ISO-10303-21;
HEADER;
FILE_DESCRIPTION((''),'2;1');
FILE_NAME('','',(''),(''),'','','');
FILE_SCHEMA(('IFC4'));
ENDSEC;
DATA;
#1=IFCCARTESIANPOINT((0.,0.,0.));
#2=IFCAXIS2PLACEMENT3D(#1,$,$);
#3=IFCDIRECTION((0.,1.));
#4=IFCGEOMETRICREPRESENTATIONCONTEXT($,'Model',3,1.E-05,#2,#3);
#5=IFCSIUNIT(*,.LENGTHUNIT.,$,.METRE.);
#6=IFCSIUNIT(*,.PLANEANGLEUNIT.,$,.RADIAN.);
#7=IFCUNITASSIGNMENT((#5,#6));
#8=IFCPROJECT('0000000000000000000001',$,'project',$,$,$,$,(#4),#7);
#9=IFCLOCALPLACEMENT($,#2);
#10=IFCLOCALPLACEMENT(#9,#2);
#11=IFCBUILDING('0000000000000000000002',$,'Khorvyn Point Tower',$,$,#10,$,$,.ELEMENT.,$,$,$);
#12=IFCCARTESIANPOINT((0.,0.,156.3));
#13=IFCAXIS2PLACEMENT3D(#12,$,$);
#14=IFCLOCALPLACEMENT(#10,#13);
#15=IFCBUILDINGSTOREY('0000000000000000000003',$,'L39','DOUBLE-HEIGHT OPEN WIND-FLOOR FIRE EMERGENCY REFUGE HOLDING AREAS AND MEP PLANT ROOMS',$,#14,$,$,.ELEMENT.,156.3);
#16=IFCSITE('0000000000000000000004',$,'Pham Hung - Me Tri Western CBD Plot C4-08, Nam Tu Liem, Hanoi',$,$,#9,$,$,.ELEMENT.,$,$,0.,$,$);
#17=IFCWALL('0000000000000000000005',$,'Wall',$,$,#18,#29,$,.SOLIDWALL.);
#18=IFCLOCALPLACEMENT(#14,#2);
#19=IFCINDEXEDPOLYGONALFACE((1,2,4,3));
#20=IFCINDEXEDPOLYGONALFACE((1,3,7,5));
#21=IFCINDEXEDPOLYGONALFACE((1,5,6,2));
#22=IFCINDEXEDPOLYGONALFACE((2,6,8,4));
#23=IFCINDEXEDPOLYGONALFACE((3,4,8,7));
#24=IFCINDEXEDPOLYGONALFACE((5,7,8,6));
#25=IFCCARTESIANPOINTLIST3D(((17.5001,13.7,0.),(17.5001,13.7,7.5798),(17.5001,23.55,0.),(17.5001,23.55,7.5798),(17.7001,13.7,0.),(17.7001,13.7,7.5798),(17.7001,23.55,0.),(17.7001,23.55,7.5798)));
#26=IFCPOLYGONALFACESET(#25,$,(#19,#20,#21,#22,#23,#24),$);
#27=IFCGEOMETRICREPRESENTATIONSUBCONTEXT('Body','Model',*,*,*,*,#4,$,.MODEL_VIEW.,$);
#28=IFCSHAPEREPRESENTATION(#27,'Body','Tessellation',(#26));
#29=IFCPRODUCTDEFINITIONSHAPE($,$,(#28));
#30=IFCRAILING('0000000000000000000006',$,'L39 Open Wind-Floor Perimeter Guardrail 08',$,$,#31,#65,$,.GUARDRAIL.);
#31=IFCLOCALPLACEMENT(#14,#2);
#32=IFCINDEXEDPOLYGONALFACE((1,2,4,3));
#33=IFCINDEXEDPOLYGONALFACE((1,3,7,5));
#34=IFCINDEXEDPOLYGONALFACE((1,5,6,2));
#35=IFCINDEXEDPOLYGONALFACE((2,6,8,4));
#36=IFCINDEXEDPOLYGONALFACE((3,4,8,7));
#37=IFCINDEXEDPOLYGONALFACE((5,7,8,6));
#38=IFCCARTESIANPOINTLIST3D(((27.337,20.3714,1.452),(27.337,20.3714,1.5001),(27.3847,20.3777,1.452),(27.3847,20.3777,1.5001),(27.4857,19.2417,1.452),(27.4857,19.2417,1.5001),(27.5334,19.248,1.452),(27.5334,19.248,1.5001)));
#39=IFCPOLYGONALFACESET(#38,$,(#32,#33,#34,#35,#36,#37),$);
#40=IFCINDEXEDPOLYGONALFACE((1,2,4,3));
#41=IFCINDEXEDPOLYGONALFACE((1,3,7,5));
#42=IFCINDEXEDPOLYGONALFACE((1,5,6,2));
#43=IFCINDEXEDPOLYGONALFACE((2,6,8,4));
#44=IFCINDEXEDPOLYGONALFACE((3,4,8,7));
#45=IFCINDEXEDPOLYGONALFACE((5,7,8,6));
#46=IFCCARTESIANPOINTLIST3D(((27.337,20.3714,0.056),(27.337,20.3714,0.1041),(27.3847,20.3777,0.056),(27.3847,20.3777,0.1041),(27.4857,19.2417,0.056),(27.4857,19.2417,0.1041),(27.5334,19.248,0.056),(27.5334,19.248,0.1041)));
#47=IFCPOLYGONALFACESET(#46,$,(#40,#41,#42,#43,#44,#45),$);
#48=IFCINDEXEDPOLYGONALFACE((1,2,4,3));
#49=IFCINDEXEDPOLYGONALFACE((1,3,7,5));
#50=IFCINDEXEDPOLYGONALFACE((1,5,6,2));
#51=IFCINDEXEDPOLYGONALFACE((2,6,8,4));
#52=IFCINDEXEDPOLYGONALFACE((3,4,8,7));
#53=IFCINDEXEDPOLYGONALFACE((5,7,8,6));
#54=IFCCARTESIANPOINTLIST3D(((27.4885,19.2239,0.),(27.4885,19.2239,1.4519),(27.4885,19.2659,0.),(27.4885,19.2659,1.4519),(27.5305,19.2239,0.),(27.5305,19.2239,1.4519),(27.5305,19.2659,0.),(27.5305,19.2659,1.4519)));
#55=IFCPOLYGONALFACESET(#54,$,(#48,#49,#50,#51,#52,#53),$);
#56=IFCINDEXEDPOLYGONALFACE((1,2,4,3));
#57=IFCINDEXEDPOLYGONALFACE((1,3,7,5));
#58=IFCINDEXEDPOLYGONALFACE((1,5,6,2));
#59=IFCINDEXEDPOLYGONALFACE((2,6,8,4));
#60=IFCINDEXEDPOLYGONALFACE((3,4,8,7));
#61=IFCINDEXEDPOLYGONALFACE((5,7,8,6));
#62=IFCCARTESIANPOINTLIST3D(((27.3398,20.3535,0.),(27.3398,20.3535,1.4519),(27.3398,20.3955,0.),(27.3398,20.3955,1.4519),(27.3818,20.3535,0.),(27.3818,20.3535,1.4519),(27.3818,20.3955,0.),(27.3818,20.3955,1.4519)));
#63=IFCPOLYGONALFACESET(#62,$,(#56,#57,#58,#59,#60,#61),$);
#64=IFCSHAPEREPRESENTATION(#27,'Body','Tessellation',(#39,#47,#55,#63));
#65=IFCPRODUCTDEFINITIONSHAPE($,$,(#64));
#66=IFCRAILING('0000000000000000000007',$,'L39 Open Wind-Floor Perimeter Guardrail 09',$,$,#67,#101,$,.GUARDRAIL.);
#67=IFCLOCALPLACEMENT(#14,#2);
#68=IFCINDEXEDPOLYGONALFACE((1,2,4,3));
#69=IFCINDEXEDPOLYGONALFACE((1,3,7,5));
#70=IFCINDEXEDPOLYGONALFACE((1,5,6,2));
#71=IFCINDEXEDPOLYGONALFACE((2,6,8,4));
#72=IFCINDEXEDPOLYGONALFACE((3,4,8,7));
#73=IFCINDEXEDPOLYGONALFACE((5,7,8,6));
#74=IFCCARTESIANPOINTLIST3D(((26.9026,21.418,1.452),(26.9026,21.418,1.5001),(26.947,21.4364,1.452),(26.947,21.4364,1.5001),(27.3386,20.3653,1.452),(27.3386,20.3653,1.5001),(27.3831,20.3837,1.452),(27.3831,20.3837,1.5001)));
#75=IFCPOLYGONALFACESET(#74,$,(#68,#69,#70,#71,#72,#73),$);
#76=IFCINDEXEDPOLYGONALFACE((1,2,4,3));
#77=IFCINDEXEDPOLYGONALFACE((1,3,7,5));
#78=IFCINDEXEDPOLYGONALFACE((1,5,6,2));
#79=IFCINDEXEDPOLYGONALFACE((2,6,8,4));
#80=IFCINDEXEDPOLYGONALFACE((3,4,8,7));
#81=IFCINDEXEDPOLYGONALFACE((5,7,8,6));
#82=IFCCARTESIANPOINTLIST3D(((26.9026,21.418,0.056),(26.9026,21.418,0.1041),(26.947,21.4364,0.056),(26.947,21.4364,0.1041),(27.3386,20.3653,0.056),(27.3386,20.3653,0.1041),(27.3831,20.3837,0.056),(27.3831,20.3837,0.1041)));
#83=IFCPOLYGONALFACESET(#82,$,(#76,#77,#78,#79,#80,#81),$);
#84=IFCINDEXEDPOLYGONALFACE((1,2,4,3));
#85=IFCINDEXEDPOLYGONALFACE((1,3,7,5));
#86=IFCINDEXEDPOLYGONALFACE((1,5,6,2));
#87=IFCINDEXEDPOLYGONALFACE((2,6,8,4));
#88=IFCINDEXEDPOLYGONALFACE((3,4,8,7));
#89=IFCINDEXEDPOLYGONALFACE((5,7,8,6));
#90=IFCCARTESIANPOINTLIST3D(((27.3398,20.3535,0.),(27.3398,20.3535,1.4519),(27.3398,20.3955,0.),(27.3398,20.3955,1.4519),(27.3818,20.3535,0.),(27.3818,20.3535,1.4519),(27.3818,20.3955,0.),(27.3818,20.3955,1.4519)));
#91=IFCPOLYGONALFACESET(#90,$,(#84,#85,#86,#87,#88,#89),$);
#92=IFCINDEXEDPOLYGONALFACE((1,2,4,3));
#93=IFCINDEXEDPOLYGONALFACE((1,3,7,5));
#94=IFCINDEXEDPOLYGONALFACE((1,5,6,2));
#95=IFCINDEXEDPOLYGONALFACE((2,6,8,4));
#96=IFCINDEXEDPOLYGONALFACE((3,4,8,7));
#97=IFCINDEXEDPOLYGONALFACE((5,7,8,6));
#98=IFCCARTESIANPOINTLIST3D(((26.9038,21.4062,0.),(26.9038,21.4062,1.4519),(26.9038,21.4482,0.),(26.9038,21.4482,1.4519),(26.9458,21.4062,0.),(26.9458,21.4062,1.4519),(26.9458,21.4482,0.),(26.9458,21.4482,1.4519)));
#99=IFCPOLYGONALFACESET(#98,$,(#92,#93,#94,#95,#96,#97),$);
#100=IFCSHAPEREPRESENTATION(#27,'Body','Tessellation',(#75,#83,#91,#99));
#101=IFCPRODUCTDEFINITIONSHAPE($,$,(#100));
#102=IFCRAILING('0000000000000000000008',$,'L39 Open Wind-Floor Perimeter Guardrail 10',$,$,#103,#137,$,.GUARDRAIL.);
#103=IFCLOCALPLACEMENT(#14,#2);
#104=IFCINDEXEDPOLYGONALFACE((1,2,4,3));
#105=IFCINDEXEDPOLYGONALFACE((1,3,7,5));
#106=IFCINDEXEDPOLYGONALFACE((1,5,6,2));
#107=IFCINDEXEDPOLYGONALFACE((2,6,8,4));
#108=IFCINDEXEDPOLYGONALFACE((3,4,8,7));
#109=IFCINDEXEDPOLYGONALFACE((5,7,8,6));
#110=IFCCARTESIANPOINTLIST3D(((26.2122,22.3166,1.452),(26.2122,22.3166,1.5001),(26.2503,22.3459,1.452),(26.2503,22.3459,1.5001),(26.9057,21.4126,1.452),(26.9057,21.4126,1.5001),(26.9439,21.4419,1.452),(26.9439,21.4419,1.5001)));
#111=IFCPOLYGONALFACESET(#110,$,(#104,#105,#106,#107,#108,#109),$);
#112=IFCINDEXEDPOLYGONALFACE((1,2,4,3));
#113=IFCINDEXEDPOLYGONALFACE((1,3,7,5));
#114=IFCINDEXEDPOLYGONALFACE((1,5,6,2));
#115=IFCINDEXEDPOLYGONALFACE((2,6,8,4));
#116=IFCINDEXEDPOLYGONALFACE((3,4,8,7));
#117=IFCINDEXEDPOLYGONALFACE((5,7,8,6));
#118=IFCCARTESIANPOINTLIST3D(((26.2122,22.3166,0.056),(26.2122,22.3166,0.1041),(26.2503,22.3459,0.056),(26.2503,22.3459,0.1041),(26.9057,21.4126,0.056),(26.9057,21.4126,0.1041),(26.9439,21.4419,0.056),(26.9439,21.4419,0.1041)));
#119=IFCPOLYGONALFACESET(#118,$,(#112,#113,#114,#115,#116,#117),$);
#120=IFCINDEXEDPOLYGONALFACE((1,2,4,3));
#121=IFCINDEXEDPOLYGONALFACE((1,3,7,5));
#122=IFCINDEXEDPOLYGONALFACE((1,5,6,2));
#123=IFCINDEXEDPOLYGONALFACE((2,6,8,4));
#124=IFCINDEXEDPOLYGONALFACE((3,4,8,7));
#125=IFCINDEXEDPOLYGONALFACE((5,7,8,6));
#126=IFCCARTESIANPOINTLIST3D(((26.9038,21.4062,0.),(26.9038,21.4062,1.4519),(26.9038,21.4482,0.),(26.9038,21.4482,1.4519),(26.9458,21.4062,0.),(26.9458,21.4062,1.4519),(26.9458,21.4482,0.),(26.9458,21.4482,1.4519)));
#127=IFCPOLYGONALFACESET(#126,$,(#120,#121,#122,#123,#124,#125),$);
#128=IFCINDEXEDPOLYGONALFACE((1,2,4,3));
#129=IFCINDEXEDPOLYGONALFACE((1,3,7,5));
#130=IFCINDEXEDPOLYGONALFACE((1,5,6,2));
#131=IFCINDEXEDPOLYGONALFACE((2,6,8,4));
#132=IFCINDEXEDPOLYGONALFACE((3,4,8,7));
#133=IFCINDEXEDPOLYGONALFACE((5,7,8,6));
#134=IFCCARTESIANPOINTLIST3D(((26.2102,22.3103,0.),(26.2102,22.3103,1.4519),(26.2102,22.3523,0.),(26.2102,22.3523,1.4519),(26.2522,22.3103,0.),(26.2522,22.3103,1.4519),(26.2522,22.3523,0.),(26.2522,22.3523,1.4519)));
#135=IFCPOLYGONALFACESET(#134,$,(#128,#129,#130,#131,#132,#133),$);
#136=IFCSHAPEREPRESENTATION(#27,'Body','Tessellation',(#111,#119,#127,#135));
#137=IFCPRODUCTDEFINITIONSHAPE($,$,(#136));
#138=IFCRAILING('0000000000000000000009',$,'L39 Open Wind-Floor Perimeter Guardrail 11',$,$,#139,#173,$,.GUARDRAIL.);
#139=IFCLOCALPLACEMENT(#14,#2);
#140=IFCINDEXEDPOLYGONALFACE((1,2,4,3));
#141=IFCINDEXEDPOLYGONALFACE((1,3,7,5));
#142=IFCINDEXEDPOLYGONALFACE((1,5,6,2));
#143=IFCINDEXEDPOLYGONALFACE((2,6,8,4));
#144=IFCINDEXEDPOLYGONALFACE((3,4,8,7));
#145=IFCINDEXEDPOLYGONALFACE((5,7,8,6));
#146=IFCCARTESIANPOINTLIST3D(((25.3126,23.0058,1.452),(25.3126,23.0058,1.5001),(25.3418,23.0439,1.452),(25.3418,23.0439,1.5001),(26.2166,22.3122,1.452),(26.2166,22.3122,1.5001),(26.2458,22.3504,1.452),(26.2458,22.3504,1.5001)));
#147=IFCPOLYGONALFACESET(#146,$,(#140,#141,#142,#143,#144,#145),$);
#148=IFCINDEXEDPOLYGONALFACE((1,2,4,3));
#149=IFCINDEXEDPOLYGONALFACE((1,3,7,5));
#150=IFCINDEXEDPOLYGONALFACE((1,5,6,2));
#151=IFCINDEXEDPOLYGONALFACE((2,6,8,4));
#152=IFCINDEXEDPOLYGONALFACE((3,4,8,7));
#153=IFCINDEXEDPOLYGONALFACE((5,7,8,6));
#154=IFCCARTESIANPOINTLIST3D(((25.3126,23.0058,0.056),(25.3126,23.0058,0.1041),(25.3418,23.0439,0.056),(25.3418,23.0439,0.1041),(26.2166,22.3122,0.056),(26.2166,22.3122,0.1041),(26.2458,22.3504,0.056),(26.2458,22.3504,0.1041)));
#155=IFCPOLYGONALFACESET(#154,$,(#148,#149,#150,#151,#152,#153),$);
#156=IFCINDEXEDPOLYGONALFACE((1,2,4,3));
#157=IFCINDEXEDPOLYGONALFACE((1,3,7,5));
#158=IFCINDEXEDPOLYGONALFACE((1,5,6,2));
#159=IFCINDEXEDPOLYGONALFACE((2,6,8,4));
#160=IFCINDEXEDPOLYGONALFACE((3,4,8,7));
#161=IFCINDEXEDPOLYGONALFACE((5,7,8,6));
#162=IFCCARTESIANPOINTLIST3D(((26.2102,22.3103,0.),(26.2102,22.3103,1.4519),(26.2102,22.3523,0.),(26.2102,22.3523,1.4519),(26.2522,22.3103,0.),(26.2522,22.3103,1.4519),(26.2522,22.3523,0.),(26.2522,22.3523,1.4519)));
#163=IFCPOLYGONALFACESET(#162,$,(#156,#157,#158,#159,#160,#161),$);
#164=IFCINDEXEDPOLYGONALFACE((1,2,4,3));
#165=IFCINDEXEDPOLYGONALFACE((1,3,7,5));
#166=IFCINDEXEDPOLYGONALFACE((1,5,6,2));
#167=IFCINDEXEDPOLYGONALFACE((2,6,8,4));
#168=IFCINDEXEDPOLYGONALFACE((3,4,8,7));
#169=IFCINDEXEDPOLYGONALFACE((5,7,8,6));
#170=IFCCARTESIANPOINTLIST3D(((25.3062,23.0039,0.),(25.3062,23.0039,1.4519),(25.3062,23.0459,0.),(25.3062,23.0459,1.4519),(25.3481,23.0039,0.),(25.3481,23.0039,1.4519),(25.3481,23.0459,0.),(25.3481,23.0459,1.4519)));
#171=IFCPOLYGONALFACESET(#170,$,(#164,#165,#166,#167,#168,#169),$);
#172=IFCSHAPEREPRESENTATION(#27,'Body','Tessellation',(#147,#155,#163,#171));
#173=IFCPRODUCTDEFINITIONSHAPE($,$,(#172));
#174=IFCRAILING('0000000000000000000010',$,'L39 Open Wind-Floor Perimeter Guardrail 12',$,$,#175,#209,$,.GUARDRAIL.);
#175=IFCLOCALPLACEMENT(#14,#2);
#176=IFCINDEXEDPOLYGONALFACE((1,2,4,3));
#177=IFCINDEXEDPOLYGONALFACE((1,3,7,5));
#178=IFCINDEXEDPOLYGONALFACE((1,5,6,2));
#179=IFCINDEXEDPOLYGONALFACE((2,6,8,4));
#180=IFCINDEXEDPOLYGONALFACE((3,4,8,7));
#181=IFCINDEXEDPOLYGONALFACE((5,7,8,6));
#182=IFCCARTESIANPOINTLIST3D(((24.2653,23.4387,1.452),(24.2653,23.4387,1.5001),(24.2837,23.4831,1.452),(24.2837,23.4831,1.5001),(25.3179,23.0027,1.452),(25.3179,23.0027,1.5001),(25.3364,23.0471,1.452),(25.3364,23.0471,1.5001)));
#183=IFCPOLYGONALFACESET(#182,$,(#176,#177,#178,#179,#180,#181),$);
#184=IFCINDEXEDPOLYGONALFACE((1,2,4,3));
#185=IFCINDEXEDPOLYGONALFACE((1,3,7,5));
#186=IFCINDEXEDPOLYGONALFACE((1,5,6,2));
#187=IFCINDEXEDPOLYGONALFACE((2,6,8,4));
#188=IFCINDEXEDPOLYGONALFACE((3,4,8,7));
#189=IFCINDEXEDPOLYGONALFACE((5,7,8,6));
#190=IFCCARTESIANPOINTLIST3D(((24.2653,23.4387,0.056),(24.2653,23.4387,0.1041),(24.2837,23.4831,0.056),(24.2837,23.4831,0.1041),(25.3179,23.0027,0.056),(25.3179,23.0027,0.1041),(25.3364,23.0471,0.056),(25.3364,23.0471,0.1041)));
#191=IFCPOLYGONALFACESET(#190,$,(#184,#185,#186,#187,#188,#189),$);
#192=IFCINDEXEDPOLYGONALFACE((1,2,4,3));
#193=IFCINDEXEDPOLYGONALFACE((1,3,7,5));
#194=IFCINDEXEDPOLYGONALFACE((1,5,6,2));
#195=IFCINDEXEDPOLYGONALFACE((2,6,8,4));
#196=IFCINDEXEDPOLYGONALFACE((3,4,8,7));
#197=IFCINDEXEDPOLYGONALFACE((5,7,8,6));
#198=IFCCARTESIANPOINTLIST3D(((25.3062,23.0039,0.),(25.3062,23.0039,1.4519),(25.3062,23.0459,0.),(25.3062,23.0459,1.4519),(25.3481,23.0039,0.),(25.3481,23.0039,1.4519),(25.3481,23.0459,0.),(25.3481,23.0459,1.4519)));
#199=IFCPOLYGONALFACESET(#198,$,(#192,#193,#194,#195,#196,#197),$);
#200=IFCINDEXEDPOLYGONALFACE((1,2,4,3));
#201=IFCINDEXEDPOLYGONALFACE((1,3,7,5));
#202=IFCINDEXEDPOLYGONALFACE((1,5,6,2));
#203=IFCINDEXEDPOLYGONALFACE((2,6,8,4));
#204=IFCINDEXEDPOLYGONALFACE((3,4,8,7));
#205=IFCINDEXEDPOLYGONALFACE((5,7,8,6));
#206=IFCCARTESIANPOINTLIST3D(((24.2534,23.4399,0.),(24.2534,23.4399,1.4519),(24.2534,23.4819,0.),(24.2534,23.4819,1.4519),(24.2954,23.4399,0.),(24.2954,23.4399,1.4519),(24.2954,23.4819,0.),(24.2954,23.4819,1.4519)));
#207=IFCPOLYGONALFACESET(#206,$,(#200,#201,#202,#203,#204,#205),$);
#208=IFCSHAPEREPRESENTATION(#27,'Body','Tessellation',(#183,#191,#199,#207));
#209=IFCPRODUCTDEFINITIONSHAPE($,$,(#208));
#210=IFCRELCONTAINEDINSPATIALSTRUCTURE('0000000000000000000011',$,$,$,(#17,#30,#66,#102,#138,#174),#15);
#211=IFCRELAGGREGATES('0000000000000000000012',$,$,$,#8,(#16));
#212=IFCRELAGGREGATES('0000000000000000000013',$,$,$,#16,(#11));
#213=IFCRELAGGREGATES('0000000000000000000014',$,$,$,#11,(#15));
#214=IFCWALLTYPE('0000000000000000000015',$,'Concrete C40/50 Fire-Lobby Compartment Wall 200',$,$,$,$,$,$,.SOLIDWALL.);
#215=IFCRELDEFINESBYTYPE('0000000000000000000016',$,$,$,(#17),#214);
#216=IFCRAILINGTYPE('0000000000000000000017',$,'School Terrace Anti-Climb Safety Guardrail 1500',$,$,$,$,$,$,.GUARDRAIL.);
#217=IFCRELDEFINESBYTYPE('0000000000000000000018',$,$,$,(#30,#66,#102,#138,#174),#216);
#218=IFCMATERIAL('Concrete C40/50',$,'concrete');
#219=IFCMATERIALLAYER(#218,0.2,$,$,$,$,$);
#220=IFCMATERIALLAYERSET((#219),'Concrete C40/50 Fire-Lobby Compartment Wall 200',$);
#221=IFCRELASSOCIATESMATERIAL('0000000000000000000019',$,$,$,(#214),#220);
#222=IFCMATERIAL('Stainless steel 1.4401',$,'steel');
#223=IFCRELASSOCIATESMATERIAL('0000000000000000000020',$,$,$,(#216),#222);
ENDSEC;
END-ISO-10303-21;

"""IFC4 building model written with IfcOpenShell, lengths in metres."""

from ifc_helpers import new_model, si_unit, direction, frame, frame_2d, origin, origin_2d, place, context, subcontext, project, spatial, rectangle, extrude, material, layer, layer_set, type_object, element, save


model = new_model("IFC4")

# Units and contexts
model_context = context("Model", 3, precision=1e-05, world=origin(), true_north=direction((0.0, 1.0)))
body_context = subcontext(model_context, "Body", "Model", "MODEL_VIEW")
ifc_project = project(units=[si_unit("LENGTHUNIT", "METRE"), si_unit("PLANEANGLEUNIT", "RADIAN")], contexts=[model_context])

# Site, building, storey
site_placement = place(None, origin())
site = spatial("IfcSite", under=ifc_project, at=site_placement, Name="Pham Hung - Me Tri Western CBD Plot C4-08, Nam Tu Liem, Hanoi", CompositionType="ELEMENT", RefElevation=0.0)
building_placement = place(site_placement, origin())
building = spatial("IfcBuilding", under=site, at=building_placement, Name="Khorvyn Point Tower", CompositionType="ELEMENT")
storey_placement = place(building_placement, frame((0.0, 0.0, 156.3)))
storey = spatial("IfcBuildingStorey", under=building, at=storey_placement, Name="L39", Description="DOUBLE-HEIGHT OPEN WIND-FLOOR FIRE EMERGENCY REFUGE HOLDING AREAS AND MEP PLANT ROOMS", CompositionType="ELEMENT", Elevation=156.3)

# Wall
ifc_material_1 = material(Name="Concrete C40/50", Category="concrete")
ifc_layer_1 = layer(ifc_material_1, 0.2)
ifc_layer_set_1 = layer_set([ifc_layer_1], Name="Concrete C40/50 Fire-Lobby Compartment Wall 200")
wall_type = type_object("IfcWallType", Name="Concrete C40/50 Fire-Lobby Compartment Wall 200", PredefinedType="SOLIDWALL", material=ifc_layer_set_1)
wall_1_placement = place(storey_placement, frame((17.6001, 13.7, 0.0), z_axis=(0.0, 0.0, 1.0), x_axis=(0.0, 1.0, 0.0)))
element("IfcWall", 1, at=wall_1_placement, inside=storey, type_object=wall_type, Name="Wall", PredefinedType="SOLIDWALL", context=body_context, shape_type="SweptSolid", body=[
    extrude(rectangle(XDim=9.8501, YDim=0.2, at=frame_2d((4.925, 0.0))), origin(), (0.0, 0.0, 1.0), 7.5798),
])

# Railings
ifc_material_2 = material(Name="Stainless steel 1.4401", Category="steel")
railing_type = type_object("IfcRailingType", Name="School Terrace Anti-Climb Safety Guardrail 1500", PredefinedType="GUARDRAIL", material=ifc_material_2)
railing_1_placement = place(storey_placement, frame((27.5095, 19.2449, 0.0)))
element("IfcRailing", 2, at=railing_1_placement, inside=storey, type_object=railing_type, Name="L39 Open Wind-Floor Perimeter Guardrail 08", PredefinedType="GUARDRAIL", context=body_context, shape_type="SweptSolid", body=[
    extrude(rectangle(XDim=0.0481, YDim=0.0481, at=origin_2d()), frame((0.0, 0.0, 1.4761), z_axis=(-0.130493, 0.991449, 0.0), x_axis=(-0.991449, -0.130493, 0.0)), (0.0, 0.0, 1.0), 1.1394),
    extrude(rectangle(XDim=0.0481, YDim=0.0481, at=origin_2d()), frame((0.0, 0.0, 0.0801), z_axis=(-0.130493, 0.991449, 0.0), x_axis=(-0.991449, -0.130493, 0.0)), (0.0, 0.0, 1.0), 1.1394),
    extrude(rectangle(XDim=0.042, YDim=0.042, at=origin_2d()), origin(), (0.0, 0.0, 1.0), 1.4519),
    extrude(rectangle(XDim=0.042, YDim=0.042, at=origin_2d()), frame((-0.1487, 1.1296, 0.0)), (0.0, 0.0, 1.0), 1.4519),
])
railing_2_placement = place(storey_placement, frame((27.3608, 20.3745, 0.0)))
element("IfcRailing", 3, at=railing_2_placement, inside=storey, type_object=railing_type, Name="L39 Open Wind-Floor Perimeter Guardrail 09", PredefinedType="GUARDRAIL", context=body_context, shape_type="SweptSolid", body=[
    extrude(rectangle(XDim=0.0481, YDim=0.0481, at=origin_2d()), frame((0.0, 0.0, 1.4761), z_axis=(-0.382667, 0.923886, 0.0), x_axis=(-0.923886, -0.382667, 0.0)), (0.0, 0.0, 1.0), 1.1394),
    extrude(rectangle(XDim=0.0481, YDim=0.0481, at=origin_2d()), frame((0.0, 0.0, 0.0801), z_axis=(-0.382667, 0.923886, 0.0), x_axis=(-0.923886, -0.382667, 0.0)), (0.0, 0.0, 1.0), 1.1394),
    extrude(rectangle(XDim=0.042, YDim=0.042, at=origin_2d()), origin(), (0.0, 0.0, 1.0), 1.4519),
    extrude(rectangle(XDim=0.042, YDim=0.042, at=origin_2d()), frame((-0.436, 1.0527, 0.0)), (0.0, 0.0, 1.0), 1.4519),
])
railing_3_placement = place(storey_placement, frame((26.9248, 21.4272, 0.0)))
element("IfcRailing", 4, at=railing_3_placement, inside=storey, type_object=railing_type, Name="L39 Open Wind-Floor Perimeter Guardrail 10", PredefinedType="GUARDRAIL", context=body_context, shape_type="SweptSolid", body=[
    extrude(rectangle(XDim=0.0481, YDim=0.0481, at=origin_2d()), frame((0.0, 0.0, 1.4761), z_axis=(-0.608706, 0.793396, 0.0), x_axis=(-0.793396, -0.608706, 0.0)), (0.0, 0.0, 1.0), 1.1394),
    extrude(rectangle(XDim=0.0481, YDim=0.0481, at=origin_2d()), frame((0.0, 0.0, 0.0801), z_axis=(-0.608706, 0.793396, 0.0), x_axis=(-0.793396, -0.608706, 0.0)), (0.0, 0.0, 1.0), 1.1394),
    extrude(rectangle(XDim=0.042, YDim=0.042, at=origin_2d()), origin(), (0.0, 0.0, 1.0), 1.4519),
    extrude(rectangle(XDim=0.042, YDim=0.042, at=origin_2d()), frame((-0.6936, 0.9041, 0.0)), (0.0, 0.0, 1.0), 1.4519),
])
railing_4_placement = place(storey_placement, frame((26.2312, 22.3313, 0.0)))
element("IfcRailing", 5, at=railing_4_placement, inside=storey, type_object=railing_type, Name="L39 Open Wind-Floor Perimeter Guardrail 11", PredefinedType="GUARDRAIL", context=body_context, shape_type="SweptSolid", body=[
    extrude(rectangle(XDim=0.0481, YDim=0.0481, at=origin_2d()), frame((0.0, 0.0, 1.4761), z_axis=(-0.793396, 0.608706, 0.0), x_axis=(-0.608706, -0.793396, 0.0)), (0.0, 0.0, 1.0), 1.1394),
    extrude(rectangle(XDim=0.0481, YDim=0.0481, at=origin_2d()), frame((0.0, 0.0, 0.0801), z_axis=(-0.793396, 0.608706, 0.0), x_axis=(-0.608706, -0.793396, 0.0)), (0.0, 0.0, 1.0), 1.1394),
    extrude(rectangle(XDim=0.042, YDim=0.042, at=origin_2d()), origin(), (0.0, 0.0, 1.0), 1.4519),
    extrude(rectangle(XDim=0.042, YDim=0.042, at=origin_2d()), frame((-0.9041, 0.6936, 0.0)), (0.0, 0.0, 1.0), 1.4519),
])
railing_5_placement = place(storey_placement, frame((25.3271, 23.0249, 0.0)))
element("IfcRailing", 6, at=railing_5_placement, inside=storey, type_object=railing_type, Name="L39 Open Wind-Floor Perimeter Guardrail 12", PredefinedType="GUARDRAIL", context=body_context, shape_type="SweptSolid", body=[
    extrude(rectangle(XDim=0.0481, YDim=0.0481, at=origin_2d()), frame((0.0, 0.0, 1.4761), z_axis=(-0.923886, 0.382667, 0.0), x_axis=(-0.382667, -0.923886, 0.0)), (0.0, 0.0, 1.0), 1.1394),
    extrude(rectangle(XDim=0.0481, YDim=0.0481, at=origin_2d()), frame((0.0, 0.0, 0.0801), z_axis=(-0.923886, 0.382667, 0.0), x_axis=(-0.382667, -0.923886, 0.0)), (0.0, 0.0, 1.0), 1.1394),
    extrude(rectangle(XDim=0.042, YDim=0.042, at=origin_2d()), origin(), (0.0, 0.0, 1.0), 1.4519),
    extrude(rectangle(XDim=0.042, YDim=0.042, at=origin_2d()), frame((-1.0527, 0.436, 0.0)), (0.0, 0.0, 1.0), 1.4519),
])

save(model, "model.ifc")
